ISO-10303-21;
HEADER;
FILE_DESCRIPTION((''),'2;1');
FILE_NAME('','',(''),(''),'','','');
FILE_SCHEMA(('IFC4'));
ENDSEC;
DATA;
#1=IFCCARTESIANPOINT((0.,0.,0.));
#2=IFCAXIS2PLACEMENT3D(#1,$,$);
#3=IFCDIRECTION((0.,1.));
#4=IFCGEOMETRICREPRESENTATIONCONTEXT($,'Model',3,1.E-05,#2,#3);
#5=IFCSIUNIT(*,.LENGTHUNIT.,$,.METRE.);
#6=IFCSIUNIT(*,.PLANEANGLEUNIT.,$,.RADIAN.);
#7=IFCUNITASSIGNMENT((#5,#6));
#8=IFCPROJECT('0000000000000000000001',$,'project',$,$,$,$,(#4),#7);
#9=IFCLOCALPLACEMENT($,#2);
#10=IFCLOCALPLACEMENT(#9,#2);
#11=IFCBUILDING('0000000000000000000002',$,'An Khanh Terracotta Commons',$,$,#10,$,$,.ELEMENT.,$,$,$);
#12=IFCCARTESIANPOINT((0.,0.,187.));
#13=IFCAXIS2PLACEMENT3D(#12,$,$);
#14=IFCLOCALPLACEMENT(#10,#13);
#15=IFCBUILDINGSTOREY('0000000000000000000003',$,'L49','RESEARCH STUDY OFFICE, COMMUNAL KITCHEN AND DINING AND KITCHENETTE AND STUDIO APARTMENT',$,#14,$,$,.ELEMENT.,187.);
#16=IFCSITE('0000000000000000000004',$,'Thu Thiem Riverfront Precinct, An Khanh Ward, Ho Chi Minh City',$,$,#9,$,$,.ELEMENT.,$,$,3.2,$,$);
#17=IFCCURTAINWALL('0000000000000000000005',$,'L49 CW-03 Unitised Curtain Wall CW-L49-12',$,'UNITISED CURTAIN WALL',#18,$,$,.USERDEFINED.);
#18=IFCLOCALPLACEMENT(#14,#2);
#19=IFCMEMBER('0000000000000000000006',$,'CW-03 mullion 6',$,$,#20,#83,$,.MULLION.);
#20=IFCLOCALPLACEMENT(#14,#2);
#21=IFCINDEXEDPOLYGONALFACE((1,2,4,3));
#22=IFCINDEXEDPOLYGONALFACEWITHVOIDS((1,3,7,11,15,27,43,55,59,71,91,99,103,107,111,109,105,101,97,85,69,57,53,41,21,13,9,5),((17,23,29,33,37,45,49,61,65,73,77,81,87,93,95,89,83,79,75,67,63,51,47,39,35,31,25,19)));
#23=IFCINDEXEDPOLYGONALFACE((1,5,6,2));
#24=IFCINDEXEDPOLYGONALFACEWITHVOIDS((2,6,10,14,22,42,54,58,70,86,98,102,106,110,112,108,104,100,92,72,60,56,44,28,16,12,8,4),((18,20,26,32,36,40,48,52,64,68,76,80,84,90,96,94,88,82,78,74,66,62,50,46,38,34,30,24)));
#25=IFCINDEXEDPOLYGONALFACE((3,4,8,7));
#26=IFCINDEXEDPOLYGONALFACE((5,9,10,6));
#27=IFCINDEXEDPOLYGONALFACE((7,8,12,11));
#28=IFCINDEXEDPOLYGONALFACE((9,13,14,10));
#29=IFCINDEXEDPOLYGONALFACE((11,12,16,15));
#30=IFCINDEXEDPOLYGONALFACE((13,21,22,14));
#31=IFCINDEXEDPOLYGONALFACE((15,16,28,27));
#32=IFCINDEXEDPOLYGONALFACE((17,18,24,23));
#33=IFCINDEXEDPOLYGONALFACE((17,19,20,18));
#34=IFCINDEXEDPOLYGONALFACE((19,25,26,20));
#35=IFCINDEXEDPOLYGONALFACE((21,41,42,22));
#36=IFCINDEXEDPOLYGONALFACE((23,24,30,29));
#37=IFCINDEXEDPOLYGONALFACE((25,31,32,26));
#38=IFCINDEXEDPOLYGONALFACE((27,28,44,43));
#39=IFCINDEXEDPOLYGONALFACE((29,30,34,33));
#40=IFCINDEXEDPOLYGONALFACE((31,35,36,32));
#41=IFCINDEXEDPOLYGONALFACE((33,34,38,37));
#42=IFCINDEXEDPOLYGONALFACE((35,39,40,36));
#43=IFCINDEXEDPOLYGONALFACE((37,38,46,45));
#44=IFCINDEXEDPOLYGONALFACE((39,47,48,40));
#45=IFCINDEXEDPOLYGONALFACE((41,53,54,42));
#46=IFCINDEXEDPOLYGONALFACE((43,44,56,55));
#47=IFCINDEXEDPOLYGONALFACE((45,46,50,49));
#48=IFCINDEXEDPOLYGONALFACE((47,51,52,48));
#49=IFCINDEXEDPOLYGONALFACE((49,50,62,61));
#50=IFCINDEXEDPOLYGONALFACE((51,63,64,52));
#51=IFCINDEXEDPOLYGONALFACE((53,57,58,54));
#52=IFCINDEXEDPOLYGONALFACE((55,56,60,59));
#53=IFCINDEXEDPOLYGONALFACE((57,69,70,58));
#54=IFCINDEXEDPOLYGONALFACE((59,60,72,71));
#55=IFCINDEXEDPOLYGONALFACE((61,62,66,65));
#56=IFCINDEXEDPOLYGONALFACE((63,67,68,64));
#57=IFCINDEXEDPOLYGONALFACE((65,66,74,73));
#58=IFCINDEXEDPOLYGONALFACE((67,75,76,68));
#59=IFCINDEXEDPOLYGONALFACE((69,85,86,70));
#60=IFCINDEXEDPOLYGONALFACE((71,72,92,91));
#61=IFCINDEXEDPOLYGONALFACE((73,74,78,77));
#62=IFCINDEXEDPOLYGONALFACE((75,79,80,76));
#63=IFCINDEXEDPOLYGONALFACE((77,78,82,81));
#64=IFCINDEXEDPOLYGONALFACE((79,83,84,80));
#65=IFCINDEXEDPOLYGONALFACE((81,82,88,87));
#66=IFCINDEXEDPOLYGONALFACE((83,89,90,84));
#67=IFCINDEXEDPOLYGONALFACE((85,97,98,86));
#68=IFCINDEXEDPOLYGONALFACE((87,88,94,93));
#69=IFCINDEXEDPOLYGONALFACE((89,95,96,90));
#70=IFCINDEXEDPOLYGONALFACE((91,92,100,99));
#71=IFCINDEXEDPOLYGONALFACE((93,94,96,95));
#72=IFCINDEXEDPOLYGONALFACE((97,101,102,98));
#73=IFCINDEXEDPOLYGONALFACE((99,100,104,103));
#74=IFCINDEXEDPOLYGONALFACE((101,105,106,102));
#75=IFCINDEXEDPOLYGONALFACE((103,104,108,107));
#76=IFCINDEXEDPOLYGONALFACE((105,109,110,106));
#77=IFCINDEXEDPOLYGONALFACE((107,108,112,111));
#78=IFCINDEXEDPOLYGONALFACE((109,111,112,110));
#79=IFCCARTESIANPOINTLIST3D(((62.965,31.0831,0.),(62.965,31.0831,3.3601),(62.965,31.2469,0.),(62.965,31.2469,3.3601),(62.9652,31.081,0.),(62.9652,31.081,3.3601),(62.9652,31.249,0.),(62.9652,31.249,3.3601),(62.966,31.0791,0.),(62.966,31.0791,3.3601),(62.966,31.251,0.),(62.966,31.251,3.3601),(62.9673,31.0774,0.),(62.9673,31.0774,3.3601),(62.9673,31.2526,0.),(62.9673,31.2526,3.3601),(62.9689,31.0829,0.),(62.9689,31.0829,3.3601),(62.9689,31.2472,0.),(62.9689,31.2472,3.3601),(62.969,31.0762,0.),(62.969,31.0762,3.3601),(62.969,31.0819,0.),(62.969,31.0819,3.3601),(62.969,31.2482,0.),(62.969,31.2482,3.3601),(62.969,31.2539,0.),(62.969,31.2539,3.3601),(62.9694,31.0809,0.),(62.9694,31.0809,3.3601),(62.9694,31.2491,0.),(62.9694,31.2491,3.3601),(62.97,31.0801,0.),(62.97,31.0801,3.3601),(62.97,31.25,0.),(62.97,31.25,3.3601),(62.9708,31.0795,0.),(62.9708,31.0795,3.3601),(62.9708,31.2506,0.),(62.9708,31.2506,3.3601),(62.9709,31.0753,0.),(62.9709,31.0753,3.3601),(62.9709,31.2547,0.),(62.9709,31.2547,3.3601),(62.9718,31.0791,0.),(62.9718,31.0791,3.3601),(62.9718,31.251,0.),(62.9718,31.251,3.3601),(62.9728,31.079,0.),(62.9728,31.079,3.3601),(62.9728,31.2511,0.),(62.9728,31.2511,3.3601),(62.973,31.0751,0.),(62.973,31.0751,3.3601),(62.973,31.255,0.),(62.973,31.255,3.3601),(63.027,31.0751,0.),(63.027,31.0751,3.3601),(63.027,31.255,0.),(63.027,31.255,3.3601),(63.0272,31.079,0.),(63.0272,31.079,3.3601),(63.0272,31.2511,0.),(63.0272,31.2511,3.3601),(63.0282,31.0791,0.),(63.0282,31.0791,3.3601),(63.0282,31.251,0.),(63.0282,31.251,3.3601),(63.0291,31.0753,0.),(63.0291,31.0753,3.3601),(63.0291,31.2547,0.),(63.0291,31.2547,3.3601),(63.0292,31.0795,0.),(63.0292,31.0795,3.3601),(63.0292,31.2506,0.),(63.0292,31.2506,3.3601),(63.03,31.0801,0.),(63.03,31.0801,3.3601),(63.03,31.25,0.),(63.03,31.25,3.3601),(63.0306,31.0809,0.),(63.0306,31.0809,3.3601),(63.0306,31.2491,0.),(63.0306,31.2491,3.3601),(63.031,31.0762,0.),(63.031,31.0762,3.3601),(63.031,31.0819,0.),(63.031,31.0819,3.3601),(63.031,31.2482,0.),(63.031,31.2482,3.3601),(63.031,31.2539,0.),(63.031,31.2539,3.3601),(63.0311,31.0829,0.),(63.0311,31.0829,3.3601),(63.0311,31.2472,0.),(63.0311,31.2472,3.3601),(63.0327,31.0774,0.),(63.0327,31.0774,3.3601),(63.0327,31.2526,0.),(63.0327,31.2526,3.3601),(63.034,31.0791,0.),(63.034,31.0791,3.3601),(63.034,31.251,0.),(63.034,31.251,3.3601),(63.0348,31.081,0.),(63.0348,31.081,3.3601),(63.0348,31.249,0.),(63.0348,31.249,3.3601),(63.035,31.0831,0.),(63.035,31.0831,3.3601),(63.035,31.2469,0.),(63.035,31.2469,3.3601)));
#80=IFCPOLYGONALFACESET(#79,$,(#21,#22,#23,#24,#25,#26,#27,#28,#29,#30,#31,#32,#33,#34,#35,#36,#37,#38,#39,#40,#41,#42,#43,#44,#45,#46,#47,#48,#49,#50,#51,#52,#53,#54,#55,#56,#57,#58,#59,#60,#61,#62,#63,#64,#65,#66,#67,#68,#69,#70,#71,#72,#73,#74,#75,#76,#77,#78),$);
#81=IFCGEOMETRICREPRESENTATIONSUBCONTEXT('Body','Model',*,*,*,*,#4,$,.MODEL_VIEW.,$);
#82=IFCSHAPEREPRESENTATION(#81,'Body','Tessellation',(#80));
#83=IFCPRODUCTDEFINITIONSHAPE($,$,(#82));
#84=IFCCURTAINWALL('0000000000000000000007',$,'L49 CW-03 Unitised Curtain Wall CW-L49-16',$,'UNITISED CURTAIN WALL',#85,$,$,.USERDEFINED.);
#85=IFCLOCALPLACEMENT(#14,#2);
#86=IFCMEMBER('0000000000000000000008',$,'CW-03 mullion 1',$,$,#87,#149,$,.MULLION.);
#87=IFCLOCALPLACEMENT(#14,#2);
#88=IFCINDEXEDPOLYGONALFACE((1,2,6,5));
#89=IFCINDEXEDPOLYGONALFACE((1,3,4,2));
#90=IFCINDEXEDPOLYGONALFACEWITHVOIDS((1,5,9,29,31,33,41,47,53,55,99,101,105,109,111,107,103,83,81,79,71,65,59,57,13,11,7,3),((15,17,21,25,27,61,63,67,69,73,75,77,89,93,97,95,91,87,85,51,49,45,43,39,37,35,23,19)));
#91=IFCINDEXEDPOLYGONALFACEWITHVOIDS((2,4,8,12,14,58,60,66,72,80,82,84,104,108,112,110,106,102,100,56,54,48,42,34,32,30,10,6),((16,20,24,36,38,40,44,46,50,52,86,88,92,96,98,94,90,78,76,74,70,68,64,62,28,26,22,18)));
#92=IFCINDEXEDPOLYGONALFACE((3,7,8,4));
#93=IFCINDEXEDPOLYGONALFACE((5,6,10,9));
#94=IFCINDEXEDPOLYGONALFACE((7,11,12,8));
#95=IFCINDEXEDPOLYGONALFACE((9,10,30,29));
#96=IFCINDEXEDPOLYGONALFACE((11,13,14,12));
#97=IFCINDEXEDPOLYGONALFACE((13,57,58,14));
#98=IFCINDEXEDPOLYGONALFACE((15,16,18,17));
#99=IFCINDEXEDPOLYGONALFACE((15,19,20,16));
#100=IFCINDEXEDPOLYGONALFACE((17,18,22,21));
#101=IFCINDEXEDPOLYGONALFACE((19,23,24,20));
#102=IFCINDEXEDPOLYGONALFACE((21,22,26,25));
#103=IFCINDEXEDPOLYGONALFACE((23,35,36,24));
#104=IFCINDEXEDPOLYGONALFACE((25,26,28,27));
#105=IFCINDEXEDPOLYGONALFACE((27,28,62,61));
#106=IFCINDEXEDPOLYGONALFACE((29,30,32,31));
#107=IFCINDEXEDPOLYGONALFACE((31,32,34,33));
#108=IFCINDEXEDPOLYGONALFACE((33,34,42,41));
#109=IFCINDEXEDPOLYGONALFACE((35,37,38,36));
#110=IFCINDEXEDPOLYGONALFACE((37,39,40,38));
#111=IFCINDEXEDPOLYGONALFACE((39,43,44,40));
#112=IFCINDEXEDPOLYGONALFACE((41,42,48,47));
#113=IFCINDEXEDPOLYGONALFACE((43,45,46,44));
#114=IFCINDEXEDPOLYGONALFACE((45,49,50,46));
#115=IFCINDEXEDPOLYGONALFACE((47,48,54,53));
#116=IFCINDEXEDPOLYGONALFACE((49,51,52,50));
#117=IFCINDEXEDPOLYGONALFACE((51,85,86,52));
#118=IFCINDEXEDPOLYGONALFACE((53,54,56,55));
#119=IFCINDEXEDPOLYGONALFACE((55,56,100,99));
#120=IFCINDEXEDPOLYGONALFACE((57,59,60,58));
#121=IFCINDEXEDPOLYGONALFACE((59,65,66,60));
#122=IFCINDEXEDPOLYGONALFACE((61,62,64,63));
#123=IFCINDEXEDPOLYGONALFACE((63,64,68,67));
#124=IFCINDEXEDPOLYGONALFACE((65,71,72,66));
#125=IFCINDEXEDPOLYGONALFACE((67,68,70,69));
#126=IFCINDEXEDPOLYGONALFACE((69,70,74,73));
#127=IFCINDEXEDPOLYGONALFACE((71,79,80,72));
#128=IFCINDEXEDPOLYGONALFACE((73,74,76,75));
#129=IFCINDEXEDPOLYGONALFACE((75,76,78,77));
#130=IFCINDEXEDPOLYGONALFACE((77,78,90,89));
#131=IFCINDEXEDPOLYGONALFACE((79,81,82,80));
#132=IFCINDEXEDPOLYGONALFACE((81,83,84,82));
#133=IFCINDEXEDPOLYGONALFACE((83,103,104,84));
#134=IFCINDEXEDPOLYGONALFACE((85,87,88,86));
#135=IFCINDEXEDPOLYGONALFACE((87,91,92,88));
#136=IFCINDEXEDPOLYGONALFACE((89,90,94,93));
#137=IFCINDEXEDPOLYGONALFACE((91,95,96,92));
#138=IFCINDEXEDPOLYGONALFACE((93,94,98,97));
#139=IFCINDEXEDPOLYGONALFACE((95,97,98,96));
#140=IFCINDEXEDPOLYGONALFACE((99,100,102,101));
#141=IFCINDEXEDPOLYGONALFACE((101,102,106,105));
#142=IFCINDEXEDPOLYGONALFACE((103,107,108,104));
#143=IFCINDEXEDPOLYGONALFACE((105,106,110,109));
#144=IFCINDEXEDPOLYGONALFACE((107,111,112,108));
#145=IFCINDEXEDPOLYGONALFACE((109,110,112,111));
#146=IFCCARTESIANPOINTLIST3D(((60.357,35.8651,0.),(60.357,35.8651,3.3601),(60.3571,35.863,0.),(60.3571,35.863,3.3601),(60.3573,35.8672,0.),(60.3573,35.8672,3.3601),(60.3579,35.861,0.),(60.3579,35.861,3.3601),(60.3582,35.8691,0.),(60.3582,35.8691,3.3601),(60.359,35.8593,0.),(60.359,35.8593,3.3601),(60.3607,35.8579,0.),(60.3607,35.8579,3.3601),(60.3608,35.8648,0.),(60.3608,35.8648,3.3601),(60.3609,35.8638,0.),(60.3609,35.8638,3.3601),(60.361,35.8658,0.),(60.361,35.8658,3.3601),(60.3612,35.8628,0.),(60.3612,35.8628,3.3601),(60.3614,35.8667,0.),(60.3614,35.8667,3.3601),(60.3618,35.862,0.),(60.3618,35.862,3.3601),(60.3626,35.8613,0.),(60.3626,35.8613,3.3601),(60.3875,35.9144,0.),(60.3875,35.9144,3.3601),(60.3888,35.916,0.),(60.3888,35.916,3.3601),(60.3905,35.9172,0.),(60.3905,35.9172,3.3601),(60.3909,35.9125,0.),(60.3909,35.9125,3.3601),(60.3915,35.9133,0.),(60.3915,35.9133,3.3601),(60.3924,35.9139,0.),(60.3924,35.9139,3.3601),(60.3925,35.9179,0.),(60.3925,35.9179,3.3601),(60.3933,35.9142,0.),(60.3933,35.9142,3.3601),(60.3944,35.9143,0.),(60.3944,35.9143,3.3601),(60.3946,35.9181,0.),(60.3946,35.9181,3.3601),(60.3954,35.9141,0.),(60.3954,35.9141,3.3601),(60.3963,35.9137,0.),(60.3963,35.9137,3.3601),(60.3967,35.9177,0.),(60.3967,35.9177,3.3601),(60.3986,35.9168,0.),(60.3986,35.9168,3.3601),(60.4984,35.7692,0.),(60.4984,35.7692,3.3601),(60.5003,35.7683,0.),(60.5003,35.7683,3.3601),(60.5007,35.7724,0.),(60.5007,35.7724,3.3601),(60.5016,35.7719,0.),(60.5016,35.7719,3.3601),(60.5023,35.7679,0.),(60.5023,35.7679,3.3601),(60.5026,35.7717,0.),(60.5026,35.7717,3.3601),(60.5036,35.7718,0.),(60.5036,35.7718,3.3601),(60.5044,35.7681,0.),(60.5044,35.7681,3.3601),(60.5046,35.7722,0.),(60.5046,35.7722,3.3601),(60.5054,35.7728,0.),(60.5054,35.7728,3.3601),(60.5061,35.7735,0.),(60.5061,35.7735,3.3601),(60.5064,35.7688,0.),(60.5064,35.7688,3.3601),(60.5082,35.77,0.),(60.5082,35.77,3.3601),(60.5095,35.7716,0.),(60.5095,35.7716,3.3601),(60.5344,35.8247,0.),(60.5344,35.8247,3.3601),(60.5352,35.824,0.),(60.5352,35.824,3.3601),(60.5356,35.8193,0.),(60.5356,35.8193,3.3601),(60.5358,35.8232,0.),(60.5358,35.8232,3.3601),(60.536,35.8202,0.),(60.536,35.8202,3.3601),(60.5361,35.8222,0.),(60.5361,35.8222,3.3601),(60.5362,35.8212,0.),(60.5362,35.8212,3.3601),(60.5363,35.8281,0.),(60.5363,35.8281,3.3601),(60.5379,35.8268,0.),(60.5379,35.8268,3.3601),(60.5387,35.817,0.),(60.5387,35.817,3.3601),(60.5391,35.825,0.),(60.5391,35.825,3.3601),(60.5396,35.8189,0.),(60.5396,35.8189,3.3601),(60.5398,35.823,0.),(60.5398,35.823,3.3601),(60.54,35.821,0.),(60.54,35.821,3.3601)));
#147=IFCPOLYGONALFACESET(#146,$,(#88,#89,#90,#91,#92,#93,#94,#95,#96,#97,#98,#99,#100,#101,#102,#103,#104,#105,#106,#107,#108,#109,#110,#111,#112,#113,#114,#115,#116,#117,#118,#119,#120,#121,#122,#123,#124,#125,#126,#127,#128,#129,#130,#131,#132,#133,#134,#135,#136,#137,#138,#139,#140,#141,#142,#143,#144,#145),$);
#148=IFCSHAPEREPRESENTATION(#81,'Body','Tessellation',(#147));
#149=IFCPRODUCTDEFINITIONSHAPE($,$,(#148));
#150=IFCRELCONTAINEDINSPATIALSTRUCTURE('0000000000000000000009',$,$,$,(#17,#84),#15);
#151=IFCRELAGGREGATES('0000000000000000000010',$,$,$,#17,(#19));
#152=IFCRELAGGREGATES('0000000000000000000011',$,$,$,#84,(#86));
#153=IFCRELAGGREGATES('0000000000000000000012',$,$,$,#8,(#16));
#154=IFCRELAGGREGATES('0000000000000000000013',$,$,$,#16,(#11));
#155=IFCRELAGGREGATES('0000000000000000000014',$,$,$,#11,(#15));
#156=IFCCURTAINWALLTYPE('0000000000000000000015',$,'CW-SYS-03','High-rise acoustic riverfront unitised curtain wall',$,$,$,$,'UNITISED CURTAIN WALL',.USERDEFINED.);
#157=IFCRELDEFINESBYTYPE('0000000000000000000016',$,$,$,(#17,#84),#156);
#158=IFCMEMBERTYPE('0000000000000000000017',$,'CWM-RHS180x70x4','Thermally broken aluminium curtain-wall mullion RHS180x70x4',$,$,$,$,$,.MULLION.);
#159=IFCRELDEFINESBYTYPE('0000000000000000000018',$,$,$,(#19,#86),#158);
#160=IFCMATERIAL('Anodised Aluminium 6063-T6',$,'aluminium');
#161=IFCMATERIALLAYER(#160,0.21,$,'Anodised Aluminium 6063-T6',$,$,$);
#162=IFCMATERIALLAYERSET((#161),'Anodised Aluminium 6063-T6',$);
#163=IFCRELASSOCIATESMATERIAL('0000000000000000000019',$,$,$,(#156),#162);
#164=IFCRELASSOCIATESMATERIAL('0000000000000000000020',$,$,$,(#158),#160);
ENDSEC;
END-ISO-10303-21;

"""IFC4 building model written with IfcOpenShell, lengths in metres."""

from ifc_helpers import new_model, si_unit, direction, frame, origin, origin_2d, place, context, subcontext, project, spatial, hollow_rectangle, extrude, material, layer, layer_set, material_profile, profile_set, type_object, element, aggregate, save


model = new_model("IFC4")

# Units and contexts
model_context = context("Model", 3, precision=1e-05, world=origin(), true_north=direction((0.0, 1.0)))
body_context = subcontext(model_context, "Body", "Model", "MODEL_VIEW")
ifc_project = project(units=[si_unit("LENGTHUNIT", "METRE"), si_unit("PLANEANGLEUNIT", "RADIAN")], contexts=[model_context])

# Site, building, storey
site_placement = place(None, origin())
site = spatial("IfcSite", under=ifc_project, at=site_placement, Name="Thu Thiem Riverfront Precinct, An Khanh Ward, Ho Chi Minh City", CompositionType="ELEMENT", RefElevation=3.2)
building_placement = place(site_placement, origin())
building = spatial("IfcBuilding", under=site, at=building_placement, Name="An Khanh Terracotta Commons", CompositionType="ELEMENT")
storey_placement = place(building_placement, frame((0.0, 0.0, 187.0)))
storey = spatial("IfcBuildingStorey", under=building, at=storey_placement, Name="L49", Description="RESEARCH STUDY OFFICE, COMMUNAL KITCHEN AND DINING AND KITCHENETTE AND STUDIO APARTMENT", CompositionType="ELEMENT", Elevation=187.0)

# Curtain walls, members
ifc_material_1 = material(Name="Anodised Aluminium 6063-T6", Category="aluminium")
ifc_layer_1 = layer(ifc_material_1, 0.21, Name="Anodised Aluminium 6063-T6")
ifc_layer_set_1 = layer_set([ifc_layer_1], Name="Anodised Aluminium 6063-T6")
curtain_wall_type = type_object("IfcCurtainWallType", Name="CW-SYS-03", Description="High-rise acoustic riverfront unitised curtain wall", ElementType="UNITISED CURTAIN WALL", PredefinedType="USERDEFINED", material=ifc_layer_set_1)
curtain_wall_1_placement = place(storey_placement, origin())
curtain_wall_1 = element("IfcCurtainWall", 1, at=curtain_wall_1_placement, inside=storey, type_object=curtain_wall_type, Name="L49 CW-03 Unitised Curtain Wall CW-L49-12", ObjectType="UNITISED CURTAIN WALL", PredefinedType="USERDEFINED")
ifc_material_profile_1 = material_profile(ifc_material_1, hollow_rectangle(XDim=0.0701, YDim=0.1799, WallThickness=0.0039, InnerFilletRadius=0.0039, OuterFilletRadius=0.0081, at=origin_2d()), Name="RHS180x70x4")
ifc_profile_set_1 = profile_set([ifc_material_profile_1], Name="Anodised Aluminium 6063-T6")
member_type_1 = type_object("IfcMemberType", Name="CWM-RHS180x70x4", Description="Thermally broken aluminium curtain-wall mullion RHS180x70x4", PredefinedType="MULLION", material=ifc_profile_set_1)
member_1_placement = place(storey_placement, frame((63.0, 31.165, 0.0), z_axis=(0.0, 0.0, 1.0), x_axis=(-1.0, 0.0, 0.0)))
member_1 = element("IfcMember", 2, at=member_1_placement, type_object=member_type_1, Name="CW-03 mullion 6", PredefinedType="MULLION", context=body_context, shape_type="SweptSolid", body=[
    extrude(hollow_rectangle(XDim=0.0701, YDim=0.1799, WallThickness=0.0039, InnerFilletRadius=0.0039, OuterFilletRadius=0.0081, at=origin_2d()), origin(), (0.0, 0.0, 1.0), 3.3601),
])
curtain_wall_2_placement = place(storey_placement, origin())
curtain_wall_2 = element("IfcCurtainWall", 3, at=curtain_wall_2_placement, inside=storey, type_object=curtain_wall_type, Name="L49 CW-03 Unitised Curtain Wall CW-L49-16", ObjectType="UNITISED CURTAIN WALL", PredefinedType="USERDEFINED")
member_2_placement = place(storey_placement, frame((60.4485, 35.843, 0.0), z_axis=(0.0, 0.0, 1.0), x_axis=(-0.541498, -0.840702, 0.0)))
member_2 = element("IfcMember", 4, at=member_2_placement, type_object=member_type_1, Name="CW-03 mullion 1", PredefinedType="MULLION", context=body_context, shape_type="SweptSolid", body=[
    extrude(hollow_rectangle(XDim=0.0701, YDim=0.1799, WallThickness=0.0039, InnerFilletRadius=0.0039, OuterFilletRadius=0.0081, at=origin_2d()), origin(), (0.0, 0.0, 1.0), 3.3601),
])

aggregate(curtain_wall_1, [member_1])
aggregate(curtain_wall_2, [member_2])

save(model, "model.ifc")
